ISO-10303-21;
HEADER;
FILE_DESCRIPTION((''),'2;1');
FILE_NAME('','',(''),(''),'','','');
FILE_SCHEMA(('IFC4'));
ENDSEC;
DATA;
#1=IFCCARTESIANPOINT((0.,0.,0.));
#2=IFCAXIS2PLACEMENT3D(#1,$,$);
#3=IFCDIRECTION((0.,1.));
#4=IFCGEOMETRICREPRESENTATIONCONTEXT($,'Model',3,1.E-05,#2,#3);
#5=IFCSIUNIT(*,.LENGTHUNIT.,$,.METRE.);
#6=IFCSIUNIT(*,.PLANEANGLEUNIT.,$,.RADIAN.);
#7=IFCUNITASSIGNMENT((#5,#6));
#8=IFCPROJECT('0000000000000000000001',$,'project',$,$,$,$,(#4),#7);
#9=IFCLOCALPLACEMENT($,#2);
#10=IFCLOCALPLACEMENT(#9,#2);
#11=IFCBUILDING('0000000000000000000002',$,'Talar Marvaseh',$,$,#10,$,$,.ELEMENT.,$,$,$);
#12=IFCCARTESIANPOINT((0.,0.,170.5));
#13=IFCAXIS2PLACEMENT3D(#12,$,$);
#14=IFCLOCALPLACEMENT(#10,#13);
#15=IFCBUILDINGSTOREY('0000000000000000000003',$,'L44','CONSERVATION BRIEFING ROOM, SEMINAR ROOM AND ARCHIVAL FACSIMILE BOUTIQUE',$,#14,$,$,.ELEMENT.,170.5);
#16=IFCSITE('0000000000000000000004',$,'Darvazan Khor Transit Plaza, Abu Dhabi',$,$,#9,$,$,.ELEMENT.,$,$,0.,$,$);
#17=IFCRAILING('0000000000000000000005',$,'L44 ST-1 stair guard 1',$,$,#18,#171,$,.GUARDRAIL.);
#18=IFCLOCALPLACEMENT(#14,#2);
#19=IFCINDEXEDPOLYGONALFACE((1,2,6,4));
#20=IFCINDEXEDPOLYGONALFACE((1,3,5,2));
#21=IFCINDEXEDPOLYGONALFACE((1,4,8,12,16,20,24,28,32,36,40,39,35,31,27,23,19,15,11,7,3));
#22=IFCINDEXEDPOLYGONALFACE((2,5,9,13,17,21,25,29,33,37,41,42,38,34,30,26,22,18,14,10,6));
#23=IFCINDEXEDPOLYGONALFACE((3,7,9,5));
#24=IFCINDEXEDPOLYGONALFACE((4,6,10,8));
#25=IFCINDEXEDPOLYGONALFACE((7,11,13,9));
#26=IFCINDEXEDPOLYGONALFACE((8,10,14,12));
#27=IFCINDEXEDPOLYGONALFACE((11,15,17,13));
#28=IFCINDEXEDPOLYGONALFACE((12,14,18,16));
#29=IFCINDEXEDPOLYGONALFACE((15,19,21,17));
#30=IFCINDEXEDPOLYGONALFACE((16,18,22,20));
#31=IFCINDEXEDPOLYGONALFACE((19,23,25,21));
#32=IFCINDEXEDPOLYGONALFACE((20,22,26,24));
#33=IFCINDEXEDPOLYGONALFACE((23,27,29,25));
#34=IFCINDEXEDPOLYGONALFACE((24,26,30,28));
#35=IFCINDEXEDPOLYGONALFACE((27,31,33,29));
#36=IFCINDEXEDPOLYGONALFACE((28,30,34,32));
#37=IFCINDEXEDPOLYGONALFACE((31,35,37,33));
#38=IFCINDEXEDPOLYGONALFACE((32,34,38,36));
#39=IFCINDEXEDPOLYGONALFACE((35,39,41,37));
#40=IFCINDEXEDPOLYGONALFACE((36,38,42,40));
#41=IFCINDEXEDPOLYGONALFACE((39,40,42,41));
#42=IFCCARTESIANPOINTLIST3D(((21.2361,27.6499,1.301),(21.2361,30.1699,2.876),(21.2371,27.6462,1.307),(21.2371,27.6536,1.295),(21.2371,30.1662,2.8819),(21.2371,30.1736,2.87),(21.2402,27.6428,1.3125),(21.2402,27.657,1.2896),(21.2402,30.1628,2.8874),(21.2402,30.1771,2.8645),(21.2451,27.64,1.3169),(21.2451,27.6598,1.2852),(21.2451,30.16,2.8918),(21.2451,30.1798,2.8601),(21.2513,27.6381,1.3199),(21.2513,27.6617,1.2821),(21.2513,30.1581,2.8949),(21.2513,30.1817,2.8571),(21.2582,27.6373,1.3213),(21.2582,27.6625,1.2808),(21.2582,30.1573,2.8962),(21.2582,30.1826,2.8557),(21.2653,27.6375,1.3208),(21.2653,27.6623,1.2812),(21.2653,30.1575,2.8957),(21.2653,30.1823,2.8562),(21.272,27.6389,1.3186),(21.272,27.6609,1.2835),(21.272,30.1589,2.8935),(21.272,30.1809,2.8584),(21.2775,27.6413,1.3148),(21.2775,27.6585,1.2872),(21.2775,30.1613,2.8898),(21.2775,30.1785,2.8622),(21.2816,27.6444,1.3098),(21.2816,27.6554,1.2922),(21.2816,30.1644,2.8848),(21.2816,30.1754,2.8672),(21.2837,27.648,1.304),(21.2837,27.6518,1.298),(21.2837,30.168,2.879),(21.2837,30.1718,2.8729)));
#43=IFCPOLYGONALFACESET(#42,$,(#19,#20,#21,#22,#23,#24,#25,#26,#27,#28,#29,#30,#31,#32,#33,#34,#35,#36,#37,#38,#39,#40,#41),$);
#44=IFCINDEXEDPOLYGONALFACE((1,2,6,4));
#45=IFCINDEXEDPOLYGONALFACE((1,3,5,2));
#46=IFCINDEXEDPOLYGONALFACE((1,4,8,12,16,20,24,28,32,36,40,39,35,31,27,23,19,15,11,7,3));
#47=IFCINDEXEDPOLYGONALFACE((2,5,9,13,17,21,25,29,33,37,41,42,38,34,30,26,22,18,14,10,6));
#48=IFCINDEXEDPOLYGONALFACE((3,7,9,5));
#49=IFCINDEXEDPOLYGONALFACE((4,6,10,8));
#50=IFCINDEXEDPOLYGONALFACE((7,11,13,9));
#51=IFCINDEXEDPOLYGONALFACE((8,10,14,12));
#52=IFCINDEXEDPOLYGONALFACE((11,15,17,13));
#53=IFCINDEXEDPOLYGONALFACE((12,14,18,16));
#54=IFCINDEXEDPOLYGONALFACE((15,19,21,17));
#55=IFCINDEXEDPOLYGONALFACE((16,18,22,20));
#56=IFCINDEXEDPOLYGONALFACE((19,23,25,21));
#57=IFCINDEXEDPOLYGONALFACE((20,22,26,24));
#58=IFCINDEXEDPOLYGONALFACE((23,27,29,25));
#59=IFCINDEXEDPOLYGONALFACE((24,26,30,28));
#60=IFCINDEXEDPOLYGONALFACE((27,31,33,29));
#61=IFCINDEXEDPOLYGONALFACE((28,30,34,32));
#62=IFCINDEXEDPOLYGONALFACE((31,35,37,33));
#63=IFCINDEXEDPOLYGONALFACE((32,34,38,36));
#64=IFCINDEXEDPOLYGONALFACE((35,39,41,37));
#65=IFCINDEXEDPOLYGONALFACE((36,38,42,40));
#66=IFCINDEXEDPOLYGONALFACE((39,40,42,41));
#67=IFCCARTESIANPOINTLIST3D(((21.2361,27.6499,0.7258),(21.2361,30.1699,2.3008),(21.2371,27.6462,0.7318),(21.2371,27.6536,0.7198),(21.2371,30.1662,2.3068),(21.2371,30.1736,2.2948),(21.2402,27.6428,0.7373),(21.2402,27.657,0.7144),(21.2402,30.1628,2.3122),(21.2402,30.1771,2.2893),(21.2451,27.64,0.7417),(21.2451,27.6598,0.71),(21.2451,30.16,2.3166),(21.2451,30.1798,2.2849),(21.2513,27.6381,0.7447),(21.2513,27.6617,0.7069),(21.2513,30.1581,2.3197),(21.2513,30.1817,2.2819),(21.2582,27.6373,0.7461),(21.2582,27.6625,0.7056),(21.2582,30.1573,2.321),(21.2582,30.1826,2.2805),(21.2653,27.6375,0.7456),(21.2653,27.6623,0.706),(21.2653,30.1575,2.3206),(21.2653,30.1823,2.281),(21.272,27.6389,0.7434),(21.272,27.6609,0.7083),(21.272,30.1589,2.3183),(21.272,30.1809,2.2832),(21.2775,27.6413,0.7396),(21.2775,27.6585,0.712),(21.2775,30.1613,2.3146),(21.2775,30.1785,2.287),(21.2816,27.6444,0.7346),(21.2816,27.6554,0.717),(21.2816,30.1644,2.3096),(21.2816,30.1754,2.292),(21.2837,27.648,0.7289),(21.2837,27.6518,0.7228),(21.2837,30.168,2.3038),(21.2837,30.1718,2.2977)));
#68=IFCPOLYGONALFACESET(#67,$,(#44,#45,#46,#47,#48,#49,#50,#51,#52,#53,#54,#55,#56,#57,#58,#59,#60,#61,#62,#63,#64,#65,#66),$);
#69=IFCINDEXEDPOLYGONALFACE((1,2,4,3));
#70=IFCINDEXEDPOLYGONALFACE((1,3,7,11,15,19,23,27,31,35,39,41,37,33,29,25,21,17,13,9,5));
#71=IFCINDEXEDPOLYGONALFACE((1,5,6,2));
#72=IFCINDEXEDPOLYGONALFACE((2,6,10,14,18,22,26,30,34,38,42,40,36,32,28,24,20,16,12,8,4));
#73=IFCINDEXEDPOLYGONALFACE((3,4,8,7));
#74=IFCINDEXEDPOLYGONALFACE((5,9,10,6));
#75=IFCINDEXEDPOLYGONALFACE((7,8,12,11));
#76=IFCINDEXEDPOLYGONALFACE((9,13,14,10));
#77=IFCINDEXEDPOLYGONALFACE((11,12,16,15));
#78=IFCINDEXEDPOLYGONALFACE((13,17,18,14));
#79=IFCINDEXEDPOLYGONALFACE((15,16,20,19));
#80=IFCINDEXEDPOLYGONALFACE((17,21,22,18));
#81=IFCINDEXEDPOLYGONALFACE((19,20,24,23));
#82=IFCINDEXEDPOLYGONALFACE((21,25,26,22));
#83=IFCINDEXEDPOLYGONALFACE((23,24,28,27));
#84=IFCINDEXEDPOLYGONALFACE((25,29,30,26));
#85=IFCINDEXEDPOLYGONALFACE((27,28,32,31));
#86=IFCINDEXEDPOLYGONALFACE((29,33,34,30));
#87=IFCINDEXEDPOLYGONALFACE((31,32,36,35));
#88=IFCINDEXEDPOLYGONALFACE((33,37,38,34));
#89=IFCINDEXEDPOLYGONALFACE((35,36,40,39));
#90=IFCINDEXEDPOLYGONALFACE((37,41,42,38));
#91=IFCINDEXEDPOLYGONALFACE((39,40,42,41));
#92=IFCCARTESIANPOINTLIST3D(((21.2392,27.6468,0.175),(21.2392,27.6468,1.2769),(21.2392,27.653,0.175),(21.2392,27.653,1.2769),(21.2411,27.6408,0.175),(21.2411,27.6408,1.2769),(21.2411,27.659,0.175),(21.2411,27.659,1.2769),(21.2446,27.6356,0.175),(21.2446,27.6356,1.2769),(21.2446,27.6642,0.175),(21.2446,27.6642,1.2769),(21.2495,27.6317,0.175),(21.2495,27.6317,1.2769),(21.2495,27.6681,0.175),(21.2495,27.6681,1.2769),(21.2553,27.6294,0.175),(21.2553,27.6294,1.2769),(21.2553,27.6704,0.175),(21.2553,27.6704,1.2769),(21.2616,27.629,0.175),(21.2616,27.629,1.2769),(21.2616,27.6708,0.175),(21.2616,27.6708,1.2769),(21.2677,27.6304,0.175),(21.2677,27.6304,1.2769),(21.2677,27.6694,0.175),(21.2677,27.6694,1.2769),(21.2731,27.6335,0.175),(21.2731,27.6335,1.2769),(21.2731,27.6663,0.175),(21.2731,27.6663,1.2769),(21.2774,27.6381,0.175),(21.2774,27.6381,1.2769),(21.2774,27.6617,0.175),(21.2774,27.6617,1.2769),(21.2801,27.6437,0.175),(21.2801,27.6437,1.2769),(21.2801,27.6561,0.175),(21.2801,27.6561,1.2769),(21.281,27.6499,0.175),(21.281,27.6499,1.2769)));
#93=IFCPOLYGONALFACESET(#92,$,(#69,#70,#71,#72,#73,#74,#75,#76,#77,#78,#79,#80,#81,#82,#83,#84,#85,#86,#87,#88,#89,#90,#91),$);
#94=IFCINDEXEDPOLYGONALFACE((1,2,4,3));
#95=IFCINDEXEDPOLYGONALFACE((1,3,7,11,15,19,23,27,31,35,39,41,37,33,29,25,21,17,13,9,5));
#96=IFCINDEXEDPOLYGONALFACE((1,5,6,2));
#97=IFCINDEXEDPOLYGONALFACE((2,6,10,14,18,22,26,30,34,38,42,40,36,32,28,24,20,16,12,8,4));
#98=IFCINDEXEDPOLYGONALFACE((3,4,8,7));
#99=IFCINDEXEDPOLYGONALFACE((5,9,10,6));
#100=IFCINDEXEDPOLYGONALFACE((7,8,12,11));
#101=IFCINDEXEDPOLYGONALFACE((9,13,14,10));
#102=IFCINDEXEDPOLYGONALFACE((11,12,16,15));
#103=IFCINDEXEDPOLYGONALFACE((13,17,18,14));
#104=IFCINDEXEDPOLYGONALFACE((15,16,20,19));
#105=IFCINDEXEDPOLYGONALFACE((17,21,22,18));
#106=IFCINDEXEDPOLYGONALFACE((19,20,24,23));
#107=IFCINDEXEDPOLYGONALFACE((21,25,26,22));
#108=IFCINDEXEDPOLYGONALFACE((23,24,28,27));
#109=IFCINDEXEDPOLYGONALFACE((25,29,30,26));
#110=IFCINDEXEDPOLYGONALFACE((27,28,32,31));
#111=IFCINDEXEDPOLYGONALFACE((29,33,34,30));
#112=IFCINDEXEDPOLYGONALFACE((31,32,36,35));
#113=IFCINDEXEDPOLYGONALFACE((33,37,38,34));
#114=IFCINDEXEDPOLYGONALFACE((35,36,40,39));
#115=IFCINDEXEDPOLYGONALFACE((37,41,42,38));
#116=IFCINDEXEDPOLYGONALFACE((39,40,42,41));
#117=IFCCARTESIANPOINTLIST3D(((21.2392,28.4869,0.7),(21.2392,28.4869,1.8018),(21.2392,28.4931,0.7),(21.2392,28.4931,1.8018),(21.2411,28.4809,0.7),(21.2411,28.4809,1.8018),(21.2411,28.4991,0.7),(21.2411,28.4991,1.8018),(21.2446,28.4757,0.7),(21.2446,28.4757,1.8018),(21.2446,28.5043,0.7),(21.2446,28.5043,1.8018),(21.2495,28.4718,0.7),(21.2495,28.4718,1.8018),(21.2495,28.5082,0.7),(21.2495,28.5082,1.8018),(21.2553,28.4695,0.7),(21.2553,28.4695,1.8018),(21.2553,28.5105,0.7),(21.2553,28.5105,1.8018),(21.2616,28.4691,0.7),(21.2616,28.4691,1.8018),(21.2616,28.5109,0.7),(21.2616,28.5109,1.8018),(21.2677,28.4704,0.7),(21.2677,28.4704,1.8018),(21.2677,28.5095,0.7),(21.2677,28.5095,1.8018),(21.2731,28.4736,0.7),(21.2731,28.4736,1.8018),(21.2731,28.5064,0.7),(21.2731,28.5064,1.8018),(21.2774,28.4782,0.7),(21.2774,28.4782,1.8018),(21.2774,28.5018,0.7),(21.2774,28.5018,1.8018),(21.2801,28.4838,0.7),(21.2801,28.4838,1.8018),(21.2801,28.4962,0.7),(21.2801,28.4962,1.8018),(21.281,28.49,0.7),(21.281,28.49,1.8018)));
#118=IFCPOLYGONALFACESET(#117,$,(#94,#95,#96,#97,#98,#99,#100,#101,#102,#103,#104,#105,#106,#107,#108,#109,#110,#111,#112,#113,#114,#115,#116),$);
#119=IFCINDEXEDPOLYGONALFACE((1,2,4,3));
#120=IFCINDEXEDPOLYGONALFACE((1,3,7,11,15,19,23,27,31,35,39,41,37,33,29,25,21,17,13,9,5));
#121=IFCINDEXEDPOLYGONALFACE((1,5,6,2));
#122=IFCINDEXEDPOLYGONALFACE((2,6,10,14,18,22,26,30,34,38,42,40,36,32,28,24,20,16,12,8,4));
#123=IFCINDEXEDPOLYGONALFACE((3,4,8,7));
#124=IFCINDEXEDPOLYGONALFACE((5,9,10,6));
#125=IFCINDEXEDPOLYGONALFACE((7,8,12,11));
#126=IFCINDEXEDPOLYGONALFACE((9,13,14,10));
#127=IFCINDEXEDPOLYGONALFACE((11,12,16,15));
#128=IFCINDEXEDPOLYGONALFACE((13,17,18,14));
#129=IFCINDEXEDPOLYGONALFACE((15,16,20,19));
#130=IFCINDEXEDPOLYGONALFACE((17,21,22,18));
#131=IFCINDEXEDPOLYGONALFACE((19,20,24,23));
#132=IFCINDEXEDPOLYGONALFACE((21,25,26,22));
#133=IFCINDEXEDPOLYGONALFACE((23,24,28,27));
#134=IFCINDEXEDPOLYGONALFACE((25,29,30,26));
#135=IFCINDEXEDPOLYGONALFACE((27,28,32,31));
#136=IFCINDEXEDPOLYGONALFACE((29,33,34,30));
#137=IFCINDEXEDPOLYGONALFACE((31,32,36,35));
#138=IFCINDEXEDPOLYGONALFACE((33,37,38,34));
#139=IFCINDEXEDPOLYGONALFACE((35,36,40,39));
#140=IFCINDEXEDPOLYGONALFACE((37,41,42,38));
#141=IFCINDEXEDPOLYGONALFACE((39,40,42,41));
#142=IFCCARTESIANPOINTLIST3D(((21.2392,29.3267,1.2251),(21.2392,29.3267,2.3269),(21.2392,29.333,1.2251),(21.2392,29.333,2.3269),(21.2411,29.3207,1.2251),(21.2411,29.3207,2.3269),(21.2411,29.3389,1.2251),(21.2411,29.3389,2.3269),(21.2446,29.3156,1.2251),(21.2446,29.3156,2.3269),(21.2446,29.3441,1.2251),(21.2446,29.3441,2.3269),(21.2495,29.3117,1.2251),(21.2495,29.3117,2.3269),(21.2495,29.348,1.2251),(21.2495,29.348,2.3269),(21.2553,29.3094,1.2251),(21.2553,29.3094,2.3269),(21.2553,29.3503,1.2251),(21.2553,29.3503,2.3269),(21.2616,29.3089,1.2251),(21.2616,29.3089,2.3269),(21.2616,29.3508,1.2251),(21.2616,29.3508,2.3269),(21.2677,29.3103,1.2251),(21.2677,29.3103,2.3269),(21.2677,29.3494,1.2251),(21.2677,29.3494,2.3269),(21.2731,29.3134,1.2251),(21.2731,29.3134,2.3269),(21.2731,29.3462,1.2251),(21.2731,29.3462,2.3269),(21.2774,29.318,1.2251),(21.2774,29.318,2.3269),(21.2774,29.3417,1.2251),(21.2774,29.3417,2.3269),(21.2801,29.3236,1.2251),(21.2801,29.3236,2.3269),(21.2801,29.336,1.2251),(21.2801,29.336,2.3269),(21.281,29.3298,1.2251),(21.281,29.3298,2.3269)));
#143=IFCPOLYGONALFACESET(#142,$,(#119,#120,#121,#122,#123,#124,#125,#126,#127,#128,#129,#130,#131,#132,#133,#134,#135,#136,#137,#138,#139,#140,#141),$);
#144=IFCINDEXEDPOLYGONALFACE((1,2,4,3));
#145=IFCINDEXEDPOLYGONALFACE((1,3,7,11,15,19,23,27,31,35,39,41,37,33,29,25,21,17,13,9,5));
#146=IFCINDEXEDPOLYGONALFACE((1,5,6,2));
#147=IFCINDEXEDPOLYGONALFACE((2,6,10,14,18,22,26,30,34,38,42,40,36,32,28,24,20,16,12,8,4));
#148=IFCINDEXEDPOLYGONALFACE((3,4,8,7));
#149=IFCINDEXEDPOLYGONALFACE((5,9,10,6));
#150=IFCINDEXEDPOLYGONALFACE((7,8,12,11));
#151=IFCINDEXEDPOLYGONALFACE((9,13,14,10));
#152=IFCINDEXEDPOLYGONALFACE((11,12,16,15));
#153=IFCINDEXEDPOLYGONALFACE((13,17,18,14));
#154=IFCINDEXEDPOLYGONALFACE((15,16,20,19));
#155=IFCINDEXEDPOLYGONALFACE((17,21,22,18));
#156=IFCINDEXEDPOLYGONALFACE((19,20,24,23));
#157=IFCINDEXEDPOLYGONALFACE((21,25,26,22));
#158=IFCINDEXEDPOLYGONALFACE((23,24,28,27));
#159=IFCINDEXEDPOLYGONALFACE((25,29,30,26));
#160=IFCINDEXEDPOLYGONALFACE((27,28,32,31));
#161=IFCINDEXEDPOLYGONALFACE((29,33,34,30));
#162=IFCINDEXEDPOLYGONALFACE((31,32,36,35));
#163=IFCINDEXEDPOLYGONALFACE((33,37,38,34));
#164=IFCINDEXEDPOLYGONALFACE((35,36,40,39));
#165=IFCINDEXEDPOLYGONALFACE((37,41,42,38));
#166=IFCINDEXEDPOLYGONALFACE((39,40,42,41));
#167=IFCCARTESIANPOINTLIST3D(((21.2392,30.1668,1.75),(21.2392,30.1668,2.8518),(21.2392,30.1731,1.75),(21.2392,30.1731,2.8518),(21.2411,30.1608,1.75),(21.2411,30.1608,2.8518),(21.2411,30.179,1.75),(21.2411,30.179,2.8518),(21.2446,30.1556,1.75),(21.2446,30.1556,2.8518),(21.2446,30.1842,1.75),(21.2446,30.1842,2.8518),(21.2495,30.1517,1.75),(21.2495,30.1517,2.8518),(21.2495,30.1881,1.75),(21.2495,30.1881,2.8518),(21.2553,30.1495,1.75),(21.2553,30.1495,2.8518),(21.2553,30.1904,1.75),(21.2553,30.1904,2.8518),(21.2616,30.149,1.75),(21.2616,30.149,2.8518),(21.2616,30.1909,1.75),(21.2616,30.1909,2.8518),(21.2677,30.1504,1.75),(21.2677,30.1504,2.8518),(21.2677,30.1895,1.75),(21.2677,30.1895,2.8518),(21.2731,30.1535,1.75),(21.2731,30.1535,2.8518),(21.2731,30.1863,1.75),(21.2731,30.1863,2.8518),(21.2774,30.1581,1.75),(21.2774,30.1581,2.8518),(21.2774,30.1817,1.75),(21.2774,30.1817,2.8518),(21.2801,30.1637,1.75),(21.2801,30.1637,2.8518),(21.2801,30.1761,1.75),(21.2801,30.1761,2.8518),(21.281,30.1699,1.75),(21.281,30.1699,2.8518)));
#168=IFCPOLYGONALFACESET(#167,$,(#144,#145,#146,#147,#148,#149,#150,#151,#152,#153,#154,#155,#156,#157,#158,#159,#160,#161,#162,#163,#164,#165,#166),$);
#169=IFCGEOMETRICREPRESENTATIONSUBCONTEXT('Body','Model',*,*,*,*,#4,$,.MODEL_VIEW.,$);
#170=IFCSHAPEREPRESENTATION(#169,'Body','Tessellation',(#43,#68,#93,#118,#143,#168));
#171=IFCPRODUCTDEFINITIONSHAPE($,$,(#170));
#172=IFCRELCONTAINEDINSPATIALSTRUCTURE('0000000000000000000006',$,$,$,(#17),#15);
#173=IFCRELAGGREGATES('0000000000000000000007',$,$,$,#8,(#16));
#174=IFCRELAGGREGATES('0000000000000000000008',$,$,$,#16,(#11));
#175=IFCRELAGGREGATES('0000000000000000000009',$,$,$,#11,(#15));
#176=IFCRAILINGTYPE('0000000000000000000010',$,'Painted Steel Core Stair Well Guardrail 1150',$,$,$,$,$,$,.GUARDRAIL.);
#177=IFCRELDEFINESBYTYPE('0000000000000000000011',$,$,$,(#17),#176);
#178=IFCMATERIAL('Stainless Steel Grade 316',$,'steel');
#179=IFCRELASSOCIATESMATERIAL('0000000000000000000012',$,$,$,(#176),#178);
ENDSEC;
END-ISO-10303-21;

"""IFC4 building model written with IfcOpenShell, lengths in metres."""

from ifc_helpers import new_model, si_unit, direction, frame, origin, origin_2d, place, context, subcontext, project, spatial, circle, extrude, material, type_object, element, save


model = new_model("IFC4")

# Units and contexts
model_context = context("Model", 3, precision=1e-05, world=origin(), true_north=direction((0.0, 1.0)))
body_context = subcontext(model_context, "Body", "Model", "MODEL_VIEW")
ifc_project = project(units=[si_unit("LENGTHUNIT", "METRE"), si_unit("PLANEANGLEUNIT", "RADIAN")], contexts=[model_context])

# Site, building, storey
site_placement = place(None, origin())
site = spatial("IfcSite", under=ifc_project, at=site_placement, Name="Darvazan Khor Transit Plaza, Abu Dhabi", CompositionType="ELEMENT", RefElevation=0.0)
building_placement = place(site_placement, origin())
building = spatial("IfcBuilding", under=site, at=building_placement, Name="Talar Marvaseh", CompositionType="ELEMENT")
storey_placement = place(building_placement, frame((0.0, 0.0, 170.5)))
storey = spatial("IfcBuildingStorey", under=building, at=storey_placement, Name="L44", Description="CONSERVATION BRIEFING ROOM, SEMINAR ROOM AND ARCHIVAL FACSIMILE BOUTIQUE", CompositionType="ELEMENT", Elevation=170.5)

# Railing
ifc_material_1 = material(Name="Stainless Steel Grade 316", Category="steel")
railing_type_1 = type_object("IfcRailingType", Name="Painted Steel Core Stair Well Guardrail 1150", PredefinedType="GUARDRAIL", material=ifc_material_1)
railing_1_placement = place(storey_placement, frame((21.26, 27.6499, 0.175)))
element("IfcRailing", 1, at=railing_1_placement, inside=storey, type_object=railing_type_1, Name="L44 ST-1 stair guard 1", PredefinedType="GUARDRAIL", context=body_context, shape_type="SweptSolid", body=[
    extrude(circle(Radius=0.0239, at=origin_2d()), frame((0.0, 0.0, 1.126), z_axis=(0.0, 0.848008, 0.529984), x_axis=(-1.0, 0.0, 0.0)), (0.0, 0.0, 1.0), 2.9717),
    extrude(circle(Radius=0.0239, at=origin_2d()), frame((0.0, 0.0, 0.5508), z_axis=(0.0, 0.848008, 0.529984), x_axis=(-1.0, 0.0, 0.0)), (0.0, 0.0, 1.0), 2.9717),
    extrude(circle(Radius=0.021, at=origin_2d()), origin(), (0.0, 0.0, 1.0), 1.1018),
    extrude(circle(Radius=0.021, at=origin_2d()), frame((0.0, 0.8401, 0.5249)), (0.0, 0.0, 1.0), 1.1018),
    extrude(circle(Radius=0.021, at=origin_2d()), frame((0.0, 1.6799, 1.05)), (0.0, 0.0, 1.0), 1.1018),
    extrude(circle(Radius=0.021, at=origin_2d()), frame((0.0, 2.52, 1.575)), (0.0, 0.0, 1.0), 1.1018),
])

save(model, "model.ifc")
